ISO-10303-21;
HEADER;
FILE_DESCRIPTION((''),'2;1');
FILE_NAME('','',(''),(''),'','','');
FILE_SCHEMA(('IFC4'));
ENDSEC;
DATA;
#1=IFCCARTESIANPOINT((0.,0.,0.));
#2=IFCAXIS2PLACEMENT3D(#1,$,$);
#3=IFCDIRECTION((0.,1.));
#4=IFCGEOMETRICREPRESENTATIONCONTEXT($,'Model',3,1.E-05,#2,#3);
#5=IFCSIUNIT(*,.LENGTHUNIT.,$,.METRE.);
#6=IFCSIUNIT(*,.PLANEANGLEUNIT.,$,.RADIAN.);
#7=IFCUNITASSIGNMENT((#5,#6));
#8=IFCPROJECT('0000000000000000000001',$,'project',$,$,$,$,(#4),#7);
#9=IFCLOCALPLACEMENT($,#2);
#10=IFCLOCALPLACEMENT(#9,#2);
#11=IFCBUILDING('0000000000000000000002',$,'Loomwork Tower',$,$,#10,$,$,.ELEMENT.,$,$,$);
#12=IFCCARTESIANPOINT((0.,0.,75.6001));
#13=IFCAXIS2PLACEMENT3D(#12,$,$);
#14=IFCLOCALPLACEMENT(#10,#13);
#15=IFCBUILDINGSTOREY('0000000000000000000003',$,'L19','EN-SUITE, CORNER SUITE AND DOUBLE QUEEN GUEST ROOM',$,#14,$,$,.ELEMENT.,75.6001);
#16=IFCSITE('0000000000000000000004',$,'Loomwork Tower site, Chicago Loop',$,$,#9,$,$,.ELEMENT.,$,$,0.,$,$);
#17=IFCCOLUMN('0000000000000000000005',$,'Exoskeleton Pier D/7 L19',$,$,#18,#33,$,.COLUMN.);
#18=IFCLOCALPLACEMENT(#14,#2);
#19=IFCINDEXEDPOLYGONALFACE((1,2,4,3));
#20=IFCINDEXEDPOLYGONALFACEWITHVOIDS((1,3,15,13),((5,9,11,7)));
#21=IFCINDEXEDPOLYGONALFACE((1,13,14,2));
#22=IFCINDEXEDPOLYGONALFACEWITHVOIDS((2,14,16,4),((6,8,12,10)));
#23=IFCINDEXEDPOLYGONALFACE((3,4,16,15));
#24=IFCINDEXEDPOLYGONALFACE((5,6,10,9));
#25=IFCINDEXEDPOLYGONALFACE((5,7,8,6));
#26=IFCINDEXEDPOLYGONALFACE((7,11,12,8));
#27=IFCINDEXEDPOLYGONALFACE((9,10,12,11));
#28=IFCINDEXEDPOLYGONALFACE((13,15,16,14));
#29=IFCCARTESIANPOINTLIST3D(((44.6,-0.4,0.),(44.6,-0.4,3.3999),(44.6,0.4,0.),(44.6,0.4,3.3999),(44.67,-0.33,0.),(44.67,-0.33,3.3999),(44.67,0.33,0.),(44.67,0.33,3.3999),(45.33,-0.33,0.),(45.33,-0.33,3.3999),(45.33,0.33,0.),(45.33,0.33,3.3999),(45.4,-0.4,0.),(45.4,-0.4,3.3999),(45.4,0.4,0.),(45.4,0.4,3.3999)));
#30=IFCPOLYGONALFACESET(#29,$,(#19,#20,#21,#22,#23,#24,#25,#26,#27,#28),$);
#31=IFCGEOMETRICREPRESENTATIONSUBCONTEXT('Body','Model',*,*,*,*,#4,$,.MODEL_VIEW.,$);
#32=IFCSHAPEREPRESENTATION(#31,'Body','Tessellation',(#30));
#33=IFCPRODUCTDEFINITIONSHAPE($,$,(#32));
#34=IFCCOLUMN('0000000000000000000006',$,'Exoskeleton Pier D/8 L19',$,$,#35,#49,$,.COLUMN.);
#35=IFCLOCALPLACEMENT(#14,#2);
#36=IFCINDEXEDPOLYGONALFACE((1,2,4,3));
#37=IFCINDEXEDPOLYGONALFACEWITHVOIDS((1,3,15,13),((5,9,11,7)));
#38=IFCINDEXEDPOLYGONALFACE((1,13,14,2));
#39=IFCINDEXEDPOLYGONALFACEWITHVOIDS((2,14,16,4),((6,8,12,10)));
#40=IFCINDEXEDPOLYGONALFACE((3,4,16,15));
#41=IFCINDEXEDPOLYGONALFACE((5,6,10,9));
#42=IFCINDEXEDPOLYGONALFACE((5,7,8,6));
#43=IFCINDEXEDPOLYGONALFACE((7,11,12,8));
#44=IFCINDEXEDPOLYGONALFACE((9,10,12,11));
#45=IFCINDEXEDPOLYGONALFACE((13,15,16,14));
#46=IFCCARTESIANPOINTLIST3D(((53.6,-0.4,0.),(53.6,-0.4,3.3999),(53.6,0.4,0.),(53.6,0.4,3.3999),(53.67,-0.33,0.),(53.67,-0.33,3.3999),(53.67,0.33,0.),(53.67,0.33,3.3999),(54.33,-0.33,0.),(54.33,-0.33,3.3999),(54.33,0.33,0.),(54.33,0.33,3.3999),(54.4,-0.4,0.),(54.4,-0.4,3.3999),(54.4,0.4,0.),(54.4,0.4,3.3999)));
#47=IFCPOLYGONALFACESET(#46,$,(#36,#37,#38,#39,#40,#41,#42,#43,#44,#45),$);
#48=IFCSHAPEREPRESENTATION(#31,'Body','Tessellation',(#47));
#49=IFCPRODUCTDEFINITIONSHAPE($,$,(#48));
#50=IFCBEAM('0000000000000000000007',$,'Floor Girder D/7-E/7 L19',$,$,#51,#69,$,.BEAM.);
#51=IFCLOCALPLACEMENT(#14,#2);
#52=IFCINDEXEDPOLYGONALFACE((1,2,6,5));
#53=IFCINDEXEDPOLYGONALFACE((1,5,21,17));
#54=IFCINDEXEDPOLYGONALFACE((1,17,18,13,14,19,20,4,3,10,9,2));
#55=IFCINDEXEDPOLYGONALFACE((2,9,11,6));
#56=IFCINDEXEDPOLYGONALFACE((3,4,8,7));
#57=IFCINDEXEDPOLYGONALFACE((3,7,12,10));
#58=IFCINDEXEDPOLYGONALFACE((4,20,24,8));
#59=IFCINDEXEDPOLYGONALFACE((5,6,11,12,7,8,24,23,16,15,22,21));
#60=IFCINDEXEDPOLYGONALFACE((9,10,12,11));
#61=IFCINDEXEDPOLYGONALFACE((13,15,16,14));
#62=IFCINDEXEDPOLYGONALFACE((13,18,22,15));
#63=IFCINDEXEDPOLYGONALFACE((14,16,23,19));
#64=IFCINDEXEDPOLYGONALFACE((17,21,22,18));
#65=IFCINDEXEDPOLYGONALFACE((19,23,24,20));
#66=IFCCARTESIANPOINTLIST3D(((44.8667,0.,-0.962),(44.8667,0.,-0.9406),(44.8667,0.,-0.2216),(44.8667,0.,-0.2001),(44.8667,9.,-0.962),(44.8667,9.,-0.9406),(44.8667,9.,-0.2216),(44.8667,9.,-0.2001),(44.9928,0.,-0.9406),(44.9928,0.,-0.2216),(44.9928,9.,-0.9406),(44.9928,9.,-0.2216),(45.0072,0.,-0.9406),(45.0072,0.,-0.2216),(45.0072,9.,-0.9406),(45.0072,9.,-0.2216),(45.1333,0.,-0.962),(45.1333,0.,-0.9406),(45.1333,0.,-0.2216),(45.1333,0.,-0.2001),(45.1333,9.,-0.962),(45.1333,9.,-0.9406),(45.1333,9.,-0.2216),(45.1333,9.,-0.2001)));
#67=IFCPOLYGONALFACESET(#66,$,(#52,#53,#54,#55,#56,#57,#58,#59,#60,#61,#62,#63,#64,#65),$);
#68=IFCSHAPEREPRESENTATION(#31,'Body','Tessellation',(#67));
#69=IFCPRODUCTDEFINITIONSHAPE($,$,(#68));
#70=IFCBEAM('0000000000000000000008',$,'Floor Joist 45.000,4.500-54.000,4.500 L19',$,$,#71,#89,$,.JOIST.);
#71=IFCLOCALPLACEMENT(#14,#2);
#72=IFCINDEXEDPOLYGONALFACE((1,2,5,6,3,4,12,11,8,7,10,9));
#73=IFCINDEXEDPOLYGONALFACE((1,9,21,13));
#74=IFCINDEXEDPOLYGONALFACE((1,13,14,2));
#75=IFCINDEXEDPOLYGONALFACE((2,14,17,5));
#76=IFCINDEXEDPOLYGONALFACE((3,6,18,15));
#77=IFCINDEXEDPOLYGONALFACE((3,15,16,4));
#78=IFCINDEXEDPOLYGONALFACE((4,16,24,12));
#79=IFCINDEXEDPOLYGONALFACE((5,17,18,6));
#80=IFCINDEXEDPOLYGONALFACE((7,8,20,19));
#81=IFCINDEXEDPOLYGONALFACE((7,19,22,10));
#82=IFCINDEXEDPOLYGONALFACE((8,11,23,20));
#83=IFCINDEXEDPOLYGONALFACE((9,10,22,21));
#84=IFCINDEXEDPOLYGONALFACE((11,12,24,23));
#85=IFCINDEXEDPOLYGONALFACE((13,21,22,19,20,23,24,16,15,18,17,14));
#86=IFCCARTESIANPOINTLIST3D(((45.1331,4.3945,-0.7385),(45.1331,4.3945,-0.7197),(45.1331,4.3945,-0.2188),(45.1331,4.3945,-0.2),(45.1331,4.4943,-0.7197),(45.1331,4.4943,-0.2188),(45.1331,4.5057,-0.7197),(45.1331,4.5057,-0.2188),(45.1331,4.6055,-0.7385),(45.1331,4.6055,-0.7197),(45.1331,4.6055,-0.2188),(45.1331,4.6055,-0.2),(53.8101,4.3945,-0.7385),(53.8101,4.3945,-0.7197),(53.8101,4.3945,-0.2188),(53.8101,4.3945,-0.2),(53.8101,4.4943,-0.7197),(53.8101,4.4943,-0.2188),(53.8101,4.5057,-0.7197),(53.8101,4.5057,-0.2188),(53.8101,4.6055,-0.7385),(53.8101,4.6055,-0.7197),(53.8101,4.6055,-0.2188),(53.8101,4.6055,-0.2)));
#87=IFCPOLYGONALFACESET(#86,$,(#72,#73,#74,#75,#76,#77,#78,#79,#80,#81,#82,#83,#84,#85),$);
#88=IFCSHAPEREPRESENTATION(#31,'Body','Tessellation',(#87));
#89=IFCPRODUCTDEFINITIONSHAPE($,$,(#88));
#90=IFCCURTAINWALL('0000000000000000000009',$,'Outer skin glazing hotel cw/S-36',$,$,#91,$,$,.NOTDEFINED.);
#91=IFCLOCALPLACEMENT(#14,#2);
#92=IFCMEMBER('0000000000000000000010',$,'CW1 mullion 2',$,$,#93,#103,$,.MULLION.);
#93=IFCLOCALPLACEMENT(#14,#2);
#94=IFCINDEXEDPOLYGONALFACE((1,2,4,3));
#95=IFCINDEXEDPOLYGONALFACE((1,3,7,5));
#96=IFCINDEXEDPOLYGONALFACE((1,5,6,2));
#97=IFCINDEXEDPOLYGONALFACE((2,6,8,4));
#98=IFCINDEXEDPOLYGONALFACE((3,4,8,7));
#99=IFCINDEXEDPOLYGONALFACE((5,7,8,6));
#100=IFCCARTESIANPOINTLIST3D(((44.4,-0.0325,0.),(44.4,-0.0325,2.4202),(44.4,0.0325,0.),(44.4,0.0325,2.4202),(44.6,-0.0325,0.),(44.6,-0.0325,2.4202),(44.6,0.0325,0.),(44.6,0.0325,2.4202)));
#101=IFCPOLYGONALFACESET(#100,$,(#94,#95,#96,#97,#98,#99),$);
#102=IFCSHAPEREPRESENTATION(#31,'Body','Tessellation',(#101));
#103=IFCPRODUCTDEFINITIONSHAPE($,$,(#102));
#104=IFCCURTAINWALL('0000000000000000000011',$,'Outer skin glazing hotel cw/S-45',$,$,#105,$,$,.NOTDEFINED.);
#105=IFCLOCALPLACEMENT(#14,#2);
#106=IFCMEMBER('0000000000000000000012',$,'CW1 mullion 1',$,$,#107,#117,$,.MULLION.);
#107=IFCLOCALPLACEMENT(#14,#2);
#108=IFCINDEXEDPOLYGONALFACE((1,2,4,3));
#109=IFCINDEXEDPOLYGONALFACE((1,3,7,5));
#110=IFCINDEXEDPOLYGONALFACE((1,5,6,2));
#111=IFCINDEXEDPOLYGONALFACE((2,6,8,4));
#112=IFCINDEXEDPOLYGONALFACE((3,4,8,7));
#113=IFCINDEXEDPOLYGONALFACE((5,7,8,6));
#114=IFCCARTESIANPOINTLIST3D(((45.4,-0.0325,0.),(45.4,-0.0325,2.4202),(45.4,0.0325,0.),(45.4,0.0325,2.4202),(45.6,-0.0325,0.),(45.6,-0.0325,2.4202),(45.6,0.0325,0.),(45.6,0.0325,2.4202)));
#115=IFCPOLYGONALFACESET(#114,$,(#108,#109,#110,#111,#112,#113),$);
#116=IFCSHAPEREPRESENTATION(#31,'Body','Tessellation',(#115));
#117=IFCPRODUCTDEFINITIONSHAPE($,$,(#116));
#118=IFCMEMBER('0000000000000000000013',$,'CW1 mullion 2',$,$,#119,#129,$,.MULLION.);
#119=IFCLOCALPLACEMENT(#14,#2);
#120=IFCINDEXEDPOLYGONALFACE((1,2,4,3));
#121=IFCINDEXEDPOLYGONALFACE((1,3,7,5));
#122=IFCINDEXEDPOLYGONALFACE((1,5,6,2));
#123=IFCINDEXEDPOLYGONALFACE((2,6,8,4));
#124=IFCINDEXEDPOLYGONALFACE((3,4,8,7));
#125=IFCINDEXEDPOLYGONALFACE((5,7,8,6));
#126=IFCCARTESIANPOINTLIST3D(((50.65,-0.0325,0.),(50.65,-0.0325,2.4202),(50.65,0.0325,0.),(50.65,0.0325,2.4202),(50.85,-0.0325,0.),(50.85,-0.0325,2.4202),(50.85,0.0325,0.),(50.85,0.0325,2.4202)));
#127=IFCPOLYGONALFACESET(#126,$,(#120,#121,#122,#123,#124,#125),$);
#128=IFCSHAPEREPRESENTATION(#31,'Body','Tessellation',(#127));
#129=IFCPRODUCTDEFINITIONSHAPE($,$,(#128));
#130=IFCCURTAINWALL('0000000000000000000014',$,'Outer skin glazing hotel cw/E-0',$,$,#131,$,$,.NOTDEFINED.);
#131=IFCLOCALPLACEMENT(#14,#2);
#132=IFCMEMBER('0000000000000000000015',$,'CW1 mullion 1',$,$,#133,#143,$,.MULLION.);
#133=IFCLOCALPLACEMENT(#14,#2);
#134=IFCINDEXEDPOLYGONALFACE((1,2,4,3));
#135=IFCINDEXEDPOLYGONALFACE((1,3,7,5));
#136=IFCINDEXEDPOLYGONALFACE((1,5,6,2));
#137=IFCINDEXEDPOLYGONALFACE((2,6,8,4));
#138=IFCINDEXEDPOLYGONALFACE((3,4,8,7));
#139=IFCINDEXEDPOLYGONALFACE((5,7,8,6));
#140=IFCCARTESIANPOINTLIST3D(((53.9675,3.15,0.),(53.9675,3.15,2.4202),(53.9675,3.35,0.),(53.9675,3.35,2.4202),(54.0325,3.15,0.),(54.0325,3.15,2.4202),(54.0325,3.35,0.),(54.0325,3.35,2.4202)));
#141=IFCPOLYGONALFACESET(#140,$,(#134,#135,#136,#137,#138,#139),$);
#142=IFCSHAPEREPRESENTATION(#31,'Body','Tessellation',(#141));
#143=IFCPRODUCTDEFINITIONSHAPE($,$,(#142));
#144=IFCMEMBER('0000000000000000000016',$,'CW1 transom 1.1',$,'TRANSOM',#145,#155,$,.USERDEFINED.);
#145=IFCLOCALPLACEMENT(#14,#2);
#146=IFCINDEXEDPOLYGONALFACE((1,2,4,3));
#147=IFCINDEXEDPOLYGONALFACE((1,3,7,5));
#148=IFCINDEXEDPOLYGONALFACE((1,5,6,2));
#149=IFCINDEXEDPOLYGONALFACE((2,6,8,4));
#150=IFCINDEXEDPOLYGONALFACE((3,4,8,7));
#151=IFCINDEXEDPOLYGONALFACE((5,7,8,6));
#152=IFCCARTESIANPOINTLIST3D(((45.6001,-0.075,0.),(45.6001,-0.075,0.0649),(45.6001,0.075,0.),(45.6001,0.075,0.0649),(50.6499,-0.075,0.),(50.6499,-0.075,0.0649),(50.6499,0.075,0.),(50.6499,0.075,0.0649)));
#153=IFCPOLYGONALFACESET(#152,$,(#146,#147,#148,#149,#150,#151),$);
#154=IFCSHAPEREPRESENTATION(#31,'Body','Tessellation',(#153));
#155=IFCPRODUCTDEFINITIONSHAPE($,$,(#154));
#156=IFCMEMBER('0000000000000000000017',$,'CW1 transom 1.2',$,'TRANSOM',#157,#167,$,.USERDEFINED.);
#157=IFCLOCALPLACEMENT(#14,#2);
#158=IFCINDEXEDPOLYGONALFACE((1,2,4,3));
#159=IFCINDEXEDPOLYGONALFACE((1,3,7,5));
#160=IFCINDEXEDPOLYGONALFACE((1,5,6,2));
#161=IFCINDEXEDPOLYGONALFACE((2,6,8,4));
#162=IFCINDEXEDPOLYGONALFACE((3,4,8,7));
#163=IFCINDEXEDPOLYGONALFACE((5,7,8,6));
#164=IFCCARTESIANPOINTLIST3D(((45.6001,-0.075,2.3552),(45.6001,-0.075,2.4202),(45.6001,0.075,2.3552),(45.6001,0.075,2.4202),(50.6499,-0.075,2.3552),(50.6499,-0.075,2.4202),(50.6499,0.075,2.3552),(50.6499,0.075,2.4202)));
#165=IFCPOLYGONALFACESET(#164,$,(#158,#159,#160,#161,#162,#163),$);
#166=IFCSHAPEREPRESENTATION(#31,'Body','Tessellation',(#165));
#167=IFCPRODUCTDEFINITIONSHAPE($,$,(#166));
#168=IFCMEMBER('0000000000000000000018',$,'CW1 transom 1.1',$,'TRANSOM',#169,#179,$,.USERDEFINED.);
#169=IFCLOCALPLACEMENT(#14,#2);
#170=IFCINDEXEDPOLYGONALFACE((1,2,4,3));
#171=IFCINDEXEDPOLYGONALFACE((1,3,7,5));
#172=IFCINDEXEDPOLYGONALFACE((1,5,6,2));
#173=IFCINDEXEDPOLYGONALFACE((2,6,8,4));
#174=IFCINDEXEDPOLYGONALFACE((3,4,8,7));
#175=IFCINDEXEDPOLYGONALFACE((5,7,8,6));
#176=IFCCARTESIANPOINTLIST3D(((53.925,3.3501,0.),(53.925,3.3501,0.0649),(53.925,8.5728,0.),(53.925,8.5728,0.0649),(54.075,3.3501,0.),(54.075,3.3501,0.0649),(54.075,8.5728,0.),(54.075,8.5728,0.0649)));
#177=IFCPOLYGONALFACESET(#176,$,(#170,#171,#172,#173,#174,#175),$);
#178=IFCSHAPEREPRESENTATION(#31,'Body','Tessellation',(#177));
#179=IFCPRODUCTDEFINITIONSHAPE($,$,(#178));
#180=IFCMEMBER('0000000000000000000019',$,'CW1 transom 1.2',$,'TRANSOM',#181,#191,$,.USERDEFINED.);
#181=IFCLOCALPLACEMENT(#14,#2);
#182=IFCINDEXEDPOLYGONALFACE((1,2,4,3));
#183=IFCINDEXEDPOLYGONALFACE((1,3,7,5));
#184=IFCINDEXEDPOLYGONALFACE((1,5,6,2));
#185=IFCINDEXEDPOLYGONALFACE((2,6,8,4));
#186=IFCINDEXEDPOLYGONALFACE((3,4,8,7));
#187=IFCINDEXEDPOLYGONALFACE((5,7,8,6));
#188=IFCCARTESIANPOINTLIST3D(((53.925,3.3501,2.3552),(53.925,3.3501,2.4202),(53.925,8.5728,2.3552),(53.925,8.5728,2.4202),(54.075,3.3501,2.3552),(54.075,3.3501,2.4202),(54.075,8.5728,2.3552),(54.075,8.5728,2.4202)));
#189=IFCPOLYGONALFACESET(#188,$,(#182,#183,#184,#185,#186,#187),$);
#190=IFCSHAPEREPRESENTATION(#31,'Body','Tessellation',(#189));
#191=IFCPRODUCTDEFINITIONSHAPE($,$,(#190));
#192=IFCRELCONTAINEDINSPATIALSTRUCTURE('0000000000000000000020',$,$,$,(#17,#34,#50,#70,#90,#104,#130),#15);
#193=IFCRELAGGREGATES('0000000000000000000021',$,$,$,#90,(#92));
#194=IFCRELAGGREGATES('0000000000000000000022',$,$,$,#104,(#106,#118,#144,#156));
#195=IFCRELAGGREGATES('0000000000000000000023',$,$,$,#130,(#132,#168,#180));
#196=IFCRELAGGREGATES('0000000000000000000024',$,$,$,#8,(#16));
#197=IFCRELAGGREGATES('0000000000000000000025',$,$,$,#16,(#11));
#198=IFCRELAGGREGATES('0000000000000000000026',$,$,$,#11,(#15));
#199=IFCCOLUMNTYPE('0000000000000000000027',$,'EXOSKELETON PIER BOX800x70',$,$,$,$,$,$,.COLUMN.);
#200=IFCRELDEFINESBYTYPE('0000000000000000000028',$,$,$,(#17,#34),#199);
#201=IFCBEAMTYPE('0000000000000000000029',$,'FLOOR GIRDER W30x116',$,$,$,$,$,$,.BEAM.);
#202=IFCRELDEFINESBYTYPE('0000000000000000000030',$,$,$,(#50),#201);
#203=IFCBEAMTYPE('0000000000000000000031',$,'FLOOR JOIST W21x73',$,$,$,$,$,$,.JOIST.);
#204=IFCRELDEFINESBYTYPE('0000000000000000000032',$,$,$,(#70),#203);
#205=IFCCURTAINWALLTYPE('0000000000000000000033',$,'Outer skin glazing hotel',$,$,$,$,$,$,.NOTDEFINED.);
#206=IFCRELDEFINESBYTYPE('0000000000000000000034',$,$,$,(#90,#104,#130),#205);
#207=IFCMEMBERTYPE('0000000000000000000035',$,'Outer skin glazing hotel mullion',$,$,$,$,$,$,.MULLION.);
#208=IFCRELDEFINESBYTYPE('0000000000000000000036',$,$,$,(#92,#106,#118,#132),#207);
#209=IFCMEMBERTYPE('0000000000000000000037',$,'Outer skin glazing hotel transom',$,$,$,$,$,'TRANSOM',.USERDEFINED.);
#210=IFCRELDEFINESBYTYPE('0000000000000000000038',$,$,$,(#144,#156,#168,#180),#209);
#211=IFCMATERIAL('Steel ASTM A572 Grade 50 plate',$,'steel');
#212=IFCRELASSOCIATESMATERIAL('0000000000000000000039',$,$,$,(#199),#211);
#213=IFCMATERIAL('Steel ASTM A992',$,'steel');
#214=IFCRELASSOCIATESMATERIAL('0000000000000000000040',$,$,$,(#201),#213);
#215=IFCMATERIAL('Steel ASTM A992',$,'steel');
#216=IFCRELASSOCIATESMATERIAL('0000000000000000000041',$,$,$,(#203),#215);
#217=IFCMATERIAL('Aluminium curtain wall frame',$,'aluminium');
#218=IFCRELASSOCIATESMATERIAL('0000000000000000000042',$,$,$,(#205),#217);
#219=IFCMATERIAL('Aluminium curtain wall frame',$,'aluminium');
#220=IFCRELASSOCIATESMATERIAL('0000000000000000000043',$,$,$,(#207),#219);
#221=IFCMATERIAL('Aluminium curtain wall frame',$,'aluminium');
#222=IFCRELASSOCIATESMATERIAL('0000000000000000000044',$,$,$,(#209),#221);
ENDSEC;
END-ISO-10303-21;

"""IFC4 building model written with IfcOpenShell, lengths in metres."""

from ifc_helpers import new_model, si_unit, direction, frame, origin, origin_2d, place, context, subcontext, project, spatial, rectangle, hollow_rectangle, i_section, extrude, material, material_profile, profile_set, type_object, element, aggregate, save


model = new_model("IFC4")

# Units and contexts
model_context = context("Model", 3, precision=1e-05, world=origin(), true_north=direction((0.0, 1.0)))
body_context = subcontext(model_context, "Body", "Model", "MODEL_VIEW")
ifc_project = project(units=[si_unit("LENGTHUNIT", "METRE"), si_unit("PLANEANGLEUNIT", "RADIAN")], contexts=[model_context])

# Site, building, storey
site_placement = place(None, origin())
site = spatial("IfcSite", under=ifc_project, at=site_placement, Name="Loomwork Tower site, Chicago Loop", CompositionType="ELEMENT", RefElevation=0.0)
building_placement = place(site_placement, origin())
building = spatial("IfcBuilding", under=site, at=building_placement, Name="Loomwork Tower", CompositionType="ELEMENT")
storey_placement = place(building_placement, frame((0.0, 0.0, 75.6001)))
storey = spatial("IfcBuildingStorey", under=building, at=storey_placement, Name="L19", Description="EN-SUITE, CORNER SUITE AND DOUBLE QUEEN GUEST ROOM", CompositionType="ELEMENT", Elevation=75.6001)

# Columns
ifc_material_1 = material(Name="Steel ASTM A572 Grade 50 plate", Category="steel")
ifc_material_profile_1 = material_profile(ifc_material_1, hollow_rectangle(XDim=0.8, YDim=0.8, WallThickness=0.0701, at=origin_2d()), Name="BOX800x70")
ifc_profile_set_1 = profile_set([ifc_material_profile_1], Name="Steel ASTM A572 Grade 50 plate")
column_type = type_object("IfcColumnType", Name="EXOSKELETON PIER BOX800x70", PredefinedType="COLUMN", material=ifc_profile_set_1)
for number, where, z_axis, x_axis, name in (
    (1, (45.0, 0.0, 0.0), (0.0, 0.0, 1.0), (1.0, 0.0, 0.0), "Exoskeleton Pier D/7 L19"),
    (2, (54.0, 0.0, 0.0), (0.0, 0.0, 1.0), (1.0, 0.0, 0.0), "Exoskeleton Pier D/8 L19"),
):
    element("IfcColumn", number, at=place(storey_placement, frame(where, z_axis=z_axis, x_axis=x_axis)), inside=storey, type_object=column_type, Name=name, PredefinedType="COLUMN", context=body_context, shape_type="SweptSolid", body=[
        extrude(hollow_rectangle(XDim=0.8, YDim=0.8, WallThickness=0.0701, at=origin_2d()), origin(), (0.0, 0.0, 1.0), 3.3999),
    ])

# Beams
ifc_material_2 = material(Name="Steel ASTM A992", Category="steel")
ifc_material_profile_2 = material_profile(ifc_material_2, i_section(OverallWidth=0.2666, OverallDepth=0.762, WebThickness=0.0144, FlangeThickness=0.0215, at=origin_2d()), Name="W30x116")
ifc_profile_set_2 = profile_set([ifc_material_profile_2], Name="Steel ASTM A992")
beam_type_1 = type_object("IfcBeamType", Name="FLOOR GIRDER W30x116", PredefinedType="BEAM", material=ifc_profile_set_2)
beam_1_placement = place(storey_placement, frame((45.0, 0.0, -0.5811), z_axis=(0.0, 1.0, 0.0), x_axis=(-1.0, 0.0, 0.0)))
element("IfcBeam", 3, at=beam_1_placement, inside=storey, type_object=beam_type_1, Name="Floor Girder D/7-E/7 L19", PredefinedType="BEAM", context=body_context, shape_type="SweptSolid", body=[
    extrude(i_section(OverallWidth=0.2666, OverallDepth=0.762, WebThickness=0.0144, FlangeThickness=0.0215, at=origin_2d()), origin(), (0.0, 0.0, 1.0), 9.0),
])
ifc_material_3 = material(Name="Steel ASTM A992", Category="steel")
ifc_material_profile_3 = material_profile(ifc_material_3, i_section(OverallWidth=0.2109, OverallDepth=0.5386, WebThickness=0.0115, FlangeThickness=0.0188, at=origin_2d()), Name="W21x73")
ifc_profile_set_3 = profile_set([ifc_material_profile_3], Name="Steel ASTM A992")
beam_type_2 = type_object("IfcBeamType", Name="FLOOR JOIST W21x73", PredefinedType="JOIST", material=ifc_profile_set_3)
beam_2_placement = place(storey_placement, frame((45.1331, 4.5, -0.4692), z_axis=(1.0, 0.0, 0.0), x_axis=(0.0, 1.0, 0.0)))
element("IfcBeam", 4, at=beam_2_placement, inside=storey, type_object=beam_type_2, Name="Floor Joist 45.000,4.500-54.000,4.500 L19", PredefinedType="JOIST", context=body_context, shape_type="SweptSolid", body=[
    extrude(i_section(OverallWidth=0.2109, OverallDepth=0.5386, WebThickness=0.0115, FlangeThickness=0.0188, at=origin_2d()), origin(), (0.0, 0.0, 1.0), 8.677),
])

# Curtain wall, member
ifc_material_4 = material(Name="Aluminium curtain wall frame", Category="aluminium")
curtain_wall_type = type_object("IfcCurtainWallType", Name="Outer skin glazing hotel", PredefinedType="NOTDEFINED", material=ifc_material_4)
curtain_wall_1_placement = place(storey_placement, origin())
curtain_wall_1 = element("IfcCurtainWall", 5, at=curtain_wall_1_placement, inside=storey, type_object=curtain_wall_type, Name="Outer skin glazing hotel cw/S-36", PredefinedType="NOTDEFINED")
ifc_material_5 = material(Name="Aluminium curtain wall frame", Category="aluminium")
ifc_material_profile_4 = material_profile(ifc_material_5, rectangle(XDim=0.0649, YDim=0.2, at=origin_2d()), Name="AL 65x200")
ifc_profile_set_4 = profile_set([ifc_material_profile_4], Name="Aluminium curtain wall frame")
member_type_1 = type_object("IfcMemberType", Name="Outer skin glazing hotel mullion", PredefinedType="MULLION", material=ifc_profile_set_4)
member_1_placement = place(storey_placement, frame((44.5, 0.0, 0.0), z_axis=(0.0, 0.0, 1.0), x_axis=(0.0, 1.0, 0.0)))
member_1 = element("IfcMember", 6, at=member_1_placement, type_object=member_type_1, Name="CW1 mullion 2", PredefinedType="MULLION", context=body_context, shape_type="SweptSolid", body=[
    extrude(rectangle(XDim=0.0649, YDim=0.2, at=origin_2d()), origin(), (0.0, 0.0, 1.0), 2.4202),
])
aggregate(curtain_wall_1, [member_1])

# Curtain wall, members
curtain_wall_2_placement = place(storey_placement, origin())
curtain_wall_2 = element("IfcCurtainWall", 7, at=curtain_wall_2_placement, inside=storey, type_object=curtain_wall_type, Name="Outer skin glazing hotel cw/S-45", PredefinedType="NOTDEFINED")
member_2_placement = place(storey_placement, frame((45.5, 0.0, 0.0), z_axis=(0.0, 0.0, 1.0), x_axis=(0.0, 1.0, 0.0)))
member_2 = element("IfcMember", 8, at=member_2_placement, type_object=member_type_1, Name="CW1 mullion 1", PredefinedType="MULLION", context=body_context, shape_type="SweptSolid", body=[
    extrude(rectangle(XDim=0.0649, YDim=0.2, at=origin_2d()), origin(), (0.0, 0.0, 1.0), 2.4202),
])
member_3_placement = place(storey_placement, frame((50.75, 0.0, 0.0), z_axis=(0.0, 0.0, 1.0), x_axis=(0.0, 1.0, 0.0)))
member_3 = element("IfcMember", 9, at=member_3_placement, type_object=member_type_1, Name="CW1 mullion 2", PredefinedType="MULLION", context=body_context, shape_type="SweptSolid", body=[
    extrude(rectangle(XDim=0.0649, YDim=0.2, at=origin_2d()), origin(), (0.0, 0.0, 1.0), 2.4202),
])

# Curtain wall, member
curtain_wall_3_placement = place(storey_placement, origin())
curtain_wall_3 = element("IfcCurtainWall", 10, at=curtain_wall_3_placement, inside=storey, type_object=curtain_wall_type, Name="Outer skin glazing hotel cw/E-0", PredefinedType="NOTDEFINED")
member_4_placement = place(storey_placement, frame((54.0, 3.25, 0.0), z_axis=(0.0, 0.0, 1.0), x_axis=(-1.0, 0.0, 0.0)))
member_4 = element("IfcMember", 11, at=member_4_placement, type_object=member_type_1, Name="CW1 mullion 1", PredefinedType="MULLION", context=body_context, shape_type="SweptSolid", body=[
    extrude(rectangle(XDim=0.0649, YDim=0.2, at=origin_2d()), origin(), (0.0, 0.0, 1.0), 2.4202),
])

# Members
ifc_material_6 = material(Name="Aluminium curtain wall frame", Category="aluminium")
ifc_material_profile_5 = material_profile(ifc_material_6, rectangle(XDim=0.1499, YDim=0.0649, at=origin_2d()), Name="AL 65x150")
ifc_profile_set_5 = profile_set([ifc_material_profile_5], Name="Aluminium curtain wall frame")
member_type_2 = type_object("IfcMemberType", Name="Outer skin glazing hotel transom", ElementType="TRANSOM", PredefinedType="USERDEFINED", material=ifc_profile_set_5)
member_5_placement = place(storey_placement, frame((45.6001, 0.0, 0.0325), z_axis=(1.0, 0.0, 0.0), x_axis=(0.0, 1.0, 0.0)))
member_5 = element("IfcMember", 12, at=member_5_placement, type_object=member_type_2, Name="CW1 transom 1.1", ObjectType="TRANSOM", PredefinedType="USERDEFINED", context=body_context, shape_type="SweptSolid", body=[
    extrude(rectangle(XDim=0.1499, YDim=0.0649, at=origin_2d()), origin(), (0.0, 0.0, 1.0), 5.0498),
])
member_6_placement = place(storey_placement, frame((45.6001, 0.0, 2.3877), z_axis=(1.0, 0.0, 0.0), x_axis=(0.0, 1.0, 0.0)))
member_6 = element("IfcMember", 13, at=member_6_placement, type_object=member_type_2, Name="CW1 transom 1.2", ObjectType="TRANSOM", PredefinedType="USERDEFINED", context=body_context, shape_type="SweptSolid", body=[
    extrude(rectangle(XDim=0.1499, YDim=0.0649, at=origin_2d()), origin(), (0.0, 0.0, 1.0), 5.0498),
])
member_7_placement = place(storey_placement, frame((54.0, 3.3501, 0.0325), z_axis=(0.0, 1.0, 0.0), x_axis=(-1.0, 0.0, 0.0)))
member_7 = element("IfcMember", 14, at=member_7_placement, type_object=member_type_2, Name="CW1 transom 1.1", ObjectType="TRANSOM", PredefinedType="USERDEFINED", context=body_context, shape_type="SweptSolid", body=[
    extrude(rectangle(XDim=0.1499, YDim=0.0649, at=origin_2d()), origin(), (0.0, 0.0, 1.0), 5.2227),
])
member_8_placement = place(storey_placement, frame((54.0, 3.3501, 2.3877), z_axis=(0.0, 1.0, 0.0), x_axis=(-1.0, 0.0, 0.0)))
member_8 = element("IfcMember", 15, at=member_8_placement, type_object=member_type_2, Name="CW1 transom 1.2", ObjectType="TRANSOM", PredefinedType="USERDEFINED", context=body_context, shape_type="SweptSolid", body=[
    extrude(rectangle(XDim=0.1499, YDim=0.0649, at=origin_2d()), origin(), (0.0, 0.0, 1.0), 5.2227),
])

aggregate(curtain_wall_2, [member_2, member_3, member_5, member_6])
aggregate(curtain_wall_3, [member_4, member_7, member_8])

save(model, "model.ifc")
